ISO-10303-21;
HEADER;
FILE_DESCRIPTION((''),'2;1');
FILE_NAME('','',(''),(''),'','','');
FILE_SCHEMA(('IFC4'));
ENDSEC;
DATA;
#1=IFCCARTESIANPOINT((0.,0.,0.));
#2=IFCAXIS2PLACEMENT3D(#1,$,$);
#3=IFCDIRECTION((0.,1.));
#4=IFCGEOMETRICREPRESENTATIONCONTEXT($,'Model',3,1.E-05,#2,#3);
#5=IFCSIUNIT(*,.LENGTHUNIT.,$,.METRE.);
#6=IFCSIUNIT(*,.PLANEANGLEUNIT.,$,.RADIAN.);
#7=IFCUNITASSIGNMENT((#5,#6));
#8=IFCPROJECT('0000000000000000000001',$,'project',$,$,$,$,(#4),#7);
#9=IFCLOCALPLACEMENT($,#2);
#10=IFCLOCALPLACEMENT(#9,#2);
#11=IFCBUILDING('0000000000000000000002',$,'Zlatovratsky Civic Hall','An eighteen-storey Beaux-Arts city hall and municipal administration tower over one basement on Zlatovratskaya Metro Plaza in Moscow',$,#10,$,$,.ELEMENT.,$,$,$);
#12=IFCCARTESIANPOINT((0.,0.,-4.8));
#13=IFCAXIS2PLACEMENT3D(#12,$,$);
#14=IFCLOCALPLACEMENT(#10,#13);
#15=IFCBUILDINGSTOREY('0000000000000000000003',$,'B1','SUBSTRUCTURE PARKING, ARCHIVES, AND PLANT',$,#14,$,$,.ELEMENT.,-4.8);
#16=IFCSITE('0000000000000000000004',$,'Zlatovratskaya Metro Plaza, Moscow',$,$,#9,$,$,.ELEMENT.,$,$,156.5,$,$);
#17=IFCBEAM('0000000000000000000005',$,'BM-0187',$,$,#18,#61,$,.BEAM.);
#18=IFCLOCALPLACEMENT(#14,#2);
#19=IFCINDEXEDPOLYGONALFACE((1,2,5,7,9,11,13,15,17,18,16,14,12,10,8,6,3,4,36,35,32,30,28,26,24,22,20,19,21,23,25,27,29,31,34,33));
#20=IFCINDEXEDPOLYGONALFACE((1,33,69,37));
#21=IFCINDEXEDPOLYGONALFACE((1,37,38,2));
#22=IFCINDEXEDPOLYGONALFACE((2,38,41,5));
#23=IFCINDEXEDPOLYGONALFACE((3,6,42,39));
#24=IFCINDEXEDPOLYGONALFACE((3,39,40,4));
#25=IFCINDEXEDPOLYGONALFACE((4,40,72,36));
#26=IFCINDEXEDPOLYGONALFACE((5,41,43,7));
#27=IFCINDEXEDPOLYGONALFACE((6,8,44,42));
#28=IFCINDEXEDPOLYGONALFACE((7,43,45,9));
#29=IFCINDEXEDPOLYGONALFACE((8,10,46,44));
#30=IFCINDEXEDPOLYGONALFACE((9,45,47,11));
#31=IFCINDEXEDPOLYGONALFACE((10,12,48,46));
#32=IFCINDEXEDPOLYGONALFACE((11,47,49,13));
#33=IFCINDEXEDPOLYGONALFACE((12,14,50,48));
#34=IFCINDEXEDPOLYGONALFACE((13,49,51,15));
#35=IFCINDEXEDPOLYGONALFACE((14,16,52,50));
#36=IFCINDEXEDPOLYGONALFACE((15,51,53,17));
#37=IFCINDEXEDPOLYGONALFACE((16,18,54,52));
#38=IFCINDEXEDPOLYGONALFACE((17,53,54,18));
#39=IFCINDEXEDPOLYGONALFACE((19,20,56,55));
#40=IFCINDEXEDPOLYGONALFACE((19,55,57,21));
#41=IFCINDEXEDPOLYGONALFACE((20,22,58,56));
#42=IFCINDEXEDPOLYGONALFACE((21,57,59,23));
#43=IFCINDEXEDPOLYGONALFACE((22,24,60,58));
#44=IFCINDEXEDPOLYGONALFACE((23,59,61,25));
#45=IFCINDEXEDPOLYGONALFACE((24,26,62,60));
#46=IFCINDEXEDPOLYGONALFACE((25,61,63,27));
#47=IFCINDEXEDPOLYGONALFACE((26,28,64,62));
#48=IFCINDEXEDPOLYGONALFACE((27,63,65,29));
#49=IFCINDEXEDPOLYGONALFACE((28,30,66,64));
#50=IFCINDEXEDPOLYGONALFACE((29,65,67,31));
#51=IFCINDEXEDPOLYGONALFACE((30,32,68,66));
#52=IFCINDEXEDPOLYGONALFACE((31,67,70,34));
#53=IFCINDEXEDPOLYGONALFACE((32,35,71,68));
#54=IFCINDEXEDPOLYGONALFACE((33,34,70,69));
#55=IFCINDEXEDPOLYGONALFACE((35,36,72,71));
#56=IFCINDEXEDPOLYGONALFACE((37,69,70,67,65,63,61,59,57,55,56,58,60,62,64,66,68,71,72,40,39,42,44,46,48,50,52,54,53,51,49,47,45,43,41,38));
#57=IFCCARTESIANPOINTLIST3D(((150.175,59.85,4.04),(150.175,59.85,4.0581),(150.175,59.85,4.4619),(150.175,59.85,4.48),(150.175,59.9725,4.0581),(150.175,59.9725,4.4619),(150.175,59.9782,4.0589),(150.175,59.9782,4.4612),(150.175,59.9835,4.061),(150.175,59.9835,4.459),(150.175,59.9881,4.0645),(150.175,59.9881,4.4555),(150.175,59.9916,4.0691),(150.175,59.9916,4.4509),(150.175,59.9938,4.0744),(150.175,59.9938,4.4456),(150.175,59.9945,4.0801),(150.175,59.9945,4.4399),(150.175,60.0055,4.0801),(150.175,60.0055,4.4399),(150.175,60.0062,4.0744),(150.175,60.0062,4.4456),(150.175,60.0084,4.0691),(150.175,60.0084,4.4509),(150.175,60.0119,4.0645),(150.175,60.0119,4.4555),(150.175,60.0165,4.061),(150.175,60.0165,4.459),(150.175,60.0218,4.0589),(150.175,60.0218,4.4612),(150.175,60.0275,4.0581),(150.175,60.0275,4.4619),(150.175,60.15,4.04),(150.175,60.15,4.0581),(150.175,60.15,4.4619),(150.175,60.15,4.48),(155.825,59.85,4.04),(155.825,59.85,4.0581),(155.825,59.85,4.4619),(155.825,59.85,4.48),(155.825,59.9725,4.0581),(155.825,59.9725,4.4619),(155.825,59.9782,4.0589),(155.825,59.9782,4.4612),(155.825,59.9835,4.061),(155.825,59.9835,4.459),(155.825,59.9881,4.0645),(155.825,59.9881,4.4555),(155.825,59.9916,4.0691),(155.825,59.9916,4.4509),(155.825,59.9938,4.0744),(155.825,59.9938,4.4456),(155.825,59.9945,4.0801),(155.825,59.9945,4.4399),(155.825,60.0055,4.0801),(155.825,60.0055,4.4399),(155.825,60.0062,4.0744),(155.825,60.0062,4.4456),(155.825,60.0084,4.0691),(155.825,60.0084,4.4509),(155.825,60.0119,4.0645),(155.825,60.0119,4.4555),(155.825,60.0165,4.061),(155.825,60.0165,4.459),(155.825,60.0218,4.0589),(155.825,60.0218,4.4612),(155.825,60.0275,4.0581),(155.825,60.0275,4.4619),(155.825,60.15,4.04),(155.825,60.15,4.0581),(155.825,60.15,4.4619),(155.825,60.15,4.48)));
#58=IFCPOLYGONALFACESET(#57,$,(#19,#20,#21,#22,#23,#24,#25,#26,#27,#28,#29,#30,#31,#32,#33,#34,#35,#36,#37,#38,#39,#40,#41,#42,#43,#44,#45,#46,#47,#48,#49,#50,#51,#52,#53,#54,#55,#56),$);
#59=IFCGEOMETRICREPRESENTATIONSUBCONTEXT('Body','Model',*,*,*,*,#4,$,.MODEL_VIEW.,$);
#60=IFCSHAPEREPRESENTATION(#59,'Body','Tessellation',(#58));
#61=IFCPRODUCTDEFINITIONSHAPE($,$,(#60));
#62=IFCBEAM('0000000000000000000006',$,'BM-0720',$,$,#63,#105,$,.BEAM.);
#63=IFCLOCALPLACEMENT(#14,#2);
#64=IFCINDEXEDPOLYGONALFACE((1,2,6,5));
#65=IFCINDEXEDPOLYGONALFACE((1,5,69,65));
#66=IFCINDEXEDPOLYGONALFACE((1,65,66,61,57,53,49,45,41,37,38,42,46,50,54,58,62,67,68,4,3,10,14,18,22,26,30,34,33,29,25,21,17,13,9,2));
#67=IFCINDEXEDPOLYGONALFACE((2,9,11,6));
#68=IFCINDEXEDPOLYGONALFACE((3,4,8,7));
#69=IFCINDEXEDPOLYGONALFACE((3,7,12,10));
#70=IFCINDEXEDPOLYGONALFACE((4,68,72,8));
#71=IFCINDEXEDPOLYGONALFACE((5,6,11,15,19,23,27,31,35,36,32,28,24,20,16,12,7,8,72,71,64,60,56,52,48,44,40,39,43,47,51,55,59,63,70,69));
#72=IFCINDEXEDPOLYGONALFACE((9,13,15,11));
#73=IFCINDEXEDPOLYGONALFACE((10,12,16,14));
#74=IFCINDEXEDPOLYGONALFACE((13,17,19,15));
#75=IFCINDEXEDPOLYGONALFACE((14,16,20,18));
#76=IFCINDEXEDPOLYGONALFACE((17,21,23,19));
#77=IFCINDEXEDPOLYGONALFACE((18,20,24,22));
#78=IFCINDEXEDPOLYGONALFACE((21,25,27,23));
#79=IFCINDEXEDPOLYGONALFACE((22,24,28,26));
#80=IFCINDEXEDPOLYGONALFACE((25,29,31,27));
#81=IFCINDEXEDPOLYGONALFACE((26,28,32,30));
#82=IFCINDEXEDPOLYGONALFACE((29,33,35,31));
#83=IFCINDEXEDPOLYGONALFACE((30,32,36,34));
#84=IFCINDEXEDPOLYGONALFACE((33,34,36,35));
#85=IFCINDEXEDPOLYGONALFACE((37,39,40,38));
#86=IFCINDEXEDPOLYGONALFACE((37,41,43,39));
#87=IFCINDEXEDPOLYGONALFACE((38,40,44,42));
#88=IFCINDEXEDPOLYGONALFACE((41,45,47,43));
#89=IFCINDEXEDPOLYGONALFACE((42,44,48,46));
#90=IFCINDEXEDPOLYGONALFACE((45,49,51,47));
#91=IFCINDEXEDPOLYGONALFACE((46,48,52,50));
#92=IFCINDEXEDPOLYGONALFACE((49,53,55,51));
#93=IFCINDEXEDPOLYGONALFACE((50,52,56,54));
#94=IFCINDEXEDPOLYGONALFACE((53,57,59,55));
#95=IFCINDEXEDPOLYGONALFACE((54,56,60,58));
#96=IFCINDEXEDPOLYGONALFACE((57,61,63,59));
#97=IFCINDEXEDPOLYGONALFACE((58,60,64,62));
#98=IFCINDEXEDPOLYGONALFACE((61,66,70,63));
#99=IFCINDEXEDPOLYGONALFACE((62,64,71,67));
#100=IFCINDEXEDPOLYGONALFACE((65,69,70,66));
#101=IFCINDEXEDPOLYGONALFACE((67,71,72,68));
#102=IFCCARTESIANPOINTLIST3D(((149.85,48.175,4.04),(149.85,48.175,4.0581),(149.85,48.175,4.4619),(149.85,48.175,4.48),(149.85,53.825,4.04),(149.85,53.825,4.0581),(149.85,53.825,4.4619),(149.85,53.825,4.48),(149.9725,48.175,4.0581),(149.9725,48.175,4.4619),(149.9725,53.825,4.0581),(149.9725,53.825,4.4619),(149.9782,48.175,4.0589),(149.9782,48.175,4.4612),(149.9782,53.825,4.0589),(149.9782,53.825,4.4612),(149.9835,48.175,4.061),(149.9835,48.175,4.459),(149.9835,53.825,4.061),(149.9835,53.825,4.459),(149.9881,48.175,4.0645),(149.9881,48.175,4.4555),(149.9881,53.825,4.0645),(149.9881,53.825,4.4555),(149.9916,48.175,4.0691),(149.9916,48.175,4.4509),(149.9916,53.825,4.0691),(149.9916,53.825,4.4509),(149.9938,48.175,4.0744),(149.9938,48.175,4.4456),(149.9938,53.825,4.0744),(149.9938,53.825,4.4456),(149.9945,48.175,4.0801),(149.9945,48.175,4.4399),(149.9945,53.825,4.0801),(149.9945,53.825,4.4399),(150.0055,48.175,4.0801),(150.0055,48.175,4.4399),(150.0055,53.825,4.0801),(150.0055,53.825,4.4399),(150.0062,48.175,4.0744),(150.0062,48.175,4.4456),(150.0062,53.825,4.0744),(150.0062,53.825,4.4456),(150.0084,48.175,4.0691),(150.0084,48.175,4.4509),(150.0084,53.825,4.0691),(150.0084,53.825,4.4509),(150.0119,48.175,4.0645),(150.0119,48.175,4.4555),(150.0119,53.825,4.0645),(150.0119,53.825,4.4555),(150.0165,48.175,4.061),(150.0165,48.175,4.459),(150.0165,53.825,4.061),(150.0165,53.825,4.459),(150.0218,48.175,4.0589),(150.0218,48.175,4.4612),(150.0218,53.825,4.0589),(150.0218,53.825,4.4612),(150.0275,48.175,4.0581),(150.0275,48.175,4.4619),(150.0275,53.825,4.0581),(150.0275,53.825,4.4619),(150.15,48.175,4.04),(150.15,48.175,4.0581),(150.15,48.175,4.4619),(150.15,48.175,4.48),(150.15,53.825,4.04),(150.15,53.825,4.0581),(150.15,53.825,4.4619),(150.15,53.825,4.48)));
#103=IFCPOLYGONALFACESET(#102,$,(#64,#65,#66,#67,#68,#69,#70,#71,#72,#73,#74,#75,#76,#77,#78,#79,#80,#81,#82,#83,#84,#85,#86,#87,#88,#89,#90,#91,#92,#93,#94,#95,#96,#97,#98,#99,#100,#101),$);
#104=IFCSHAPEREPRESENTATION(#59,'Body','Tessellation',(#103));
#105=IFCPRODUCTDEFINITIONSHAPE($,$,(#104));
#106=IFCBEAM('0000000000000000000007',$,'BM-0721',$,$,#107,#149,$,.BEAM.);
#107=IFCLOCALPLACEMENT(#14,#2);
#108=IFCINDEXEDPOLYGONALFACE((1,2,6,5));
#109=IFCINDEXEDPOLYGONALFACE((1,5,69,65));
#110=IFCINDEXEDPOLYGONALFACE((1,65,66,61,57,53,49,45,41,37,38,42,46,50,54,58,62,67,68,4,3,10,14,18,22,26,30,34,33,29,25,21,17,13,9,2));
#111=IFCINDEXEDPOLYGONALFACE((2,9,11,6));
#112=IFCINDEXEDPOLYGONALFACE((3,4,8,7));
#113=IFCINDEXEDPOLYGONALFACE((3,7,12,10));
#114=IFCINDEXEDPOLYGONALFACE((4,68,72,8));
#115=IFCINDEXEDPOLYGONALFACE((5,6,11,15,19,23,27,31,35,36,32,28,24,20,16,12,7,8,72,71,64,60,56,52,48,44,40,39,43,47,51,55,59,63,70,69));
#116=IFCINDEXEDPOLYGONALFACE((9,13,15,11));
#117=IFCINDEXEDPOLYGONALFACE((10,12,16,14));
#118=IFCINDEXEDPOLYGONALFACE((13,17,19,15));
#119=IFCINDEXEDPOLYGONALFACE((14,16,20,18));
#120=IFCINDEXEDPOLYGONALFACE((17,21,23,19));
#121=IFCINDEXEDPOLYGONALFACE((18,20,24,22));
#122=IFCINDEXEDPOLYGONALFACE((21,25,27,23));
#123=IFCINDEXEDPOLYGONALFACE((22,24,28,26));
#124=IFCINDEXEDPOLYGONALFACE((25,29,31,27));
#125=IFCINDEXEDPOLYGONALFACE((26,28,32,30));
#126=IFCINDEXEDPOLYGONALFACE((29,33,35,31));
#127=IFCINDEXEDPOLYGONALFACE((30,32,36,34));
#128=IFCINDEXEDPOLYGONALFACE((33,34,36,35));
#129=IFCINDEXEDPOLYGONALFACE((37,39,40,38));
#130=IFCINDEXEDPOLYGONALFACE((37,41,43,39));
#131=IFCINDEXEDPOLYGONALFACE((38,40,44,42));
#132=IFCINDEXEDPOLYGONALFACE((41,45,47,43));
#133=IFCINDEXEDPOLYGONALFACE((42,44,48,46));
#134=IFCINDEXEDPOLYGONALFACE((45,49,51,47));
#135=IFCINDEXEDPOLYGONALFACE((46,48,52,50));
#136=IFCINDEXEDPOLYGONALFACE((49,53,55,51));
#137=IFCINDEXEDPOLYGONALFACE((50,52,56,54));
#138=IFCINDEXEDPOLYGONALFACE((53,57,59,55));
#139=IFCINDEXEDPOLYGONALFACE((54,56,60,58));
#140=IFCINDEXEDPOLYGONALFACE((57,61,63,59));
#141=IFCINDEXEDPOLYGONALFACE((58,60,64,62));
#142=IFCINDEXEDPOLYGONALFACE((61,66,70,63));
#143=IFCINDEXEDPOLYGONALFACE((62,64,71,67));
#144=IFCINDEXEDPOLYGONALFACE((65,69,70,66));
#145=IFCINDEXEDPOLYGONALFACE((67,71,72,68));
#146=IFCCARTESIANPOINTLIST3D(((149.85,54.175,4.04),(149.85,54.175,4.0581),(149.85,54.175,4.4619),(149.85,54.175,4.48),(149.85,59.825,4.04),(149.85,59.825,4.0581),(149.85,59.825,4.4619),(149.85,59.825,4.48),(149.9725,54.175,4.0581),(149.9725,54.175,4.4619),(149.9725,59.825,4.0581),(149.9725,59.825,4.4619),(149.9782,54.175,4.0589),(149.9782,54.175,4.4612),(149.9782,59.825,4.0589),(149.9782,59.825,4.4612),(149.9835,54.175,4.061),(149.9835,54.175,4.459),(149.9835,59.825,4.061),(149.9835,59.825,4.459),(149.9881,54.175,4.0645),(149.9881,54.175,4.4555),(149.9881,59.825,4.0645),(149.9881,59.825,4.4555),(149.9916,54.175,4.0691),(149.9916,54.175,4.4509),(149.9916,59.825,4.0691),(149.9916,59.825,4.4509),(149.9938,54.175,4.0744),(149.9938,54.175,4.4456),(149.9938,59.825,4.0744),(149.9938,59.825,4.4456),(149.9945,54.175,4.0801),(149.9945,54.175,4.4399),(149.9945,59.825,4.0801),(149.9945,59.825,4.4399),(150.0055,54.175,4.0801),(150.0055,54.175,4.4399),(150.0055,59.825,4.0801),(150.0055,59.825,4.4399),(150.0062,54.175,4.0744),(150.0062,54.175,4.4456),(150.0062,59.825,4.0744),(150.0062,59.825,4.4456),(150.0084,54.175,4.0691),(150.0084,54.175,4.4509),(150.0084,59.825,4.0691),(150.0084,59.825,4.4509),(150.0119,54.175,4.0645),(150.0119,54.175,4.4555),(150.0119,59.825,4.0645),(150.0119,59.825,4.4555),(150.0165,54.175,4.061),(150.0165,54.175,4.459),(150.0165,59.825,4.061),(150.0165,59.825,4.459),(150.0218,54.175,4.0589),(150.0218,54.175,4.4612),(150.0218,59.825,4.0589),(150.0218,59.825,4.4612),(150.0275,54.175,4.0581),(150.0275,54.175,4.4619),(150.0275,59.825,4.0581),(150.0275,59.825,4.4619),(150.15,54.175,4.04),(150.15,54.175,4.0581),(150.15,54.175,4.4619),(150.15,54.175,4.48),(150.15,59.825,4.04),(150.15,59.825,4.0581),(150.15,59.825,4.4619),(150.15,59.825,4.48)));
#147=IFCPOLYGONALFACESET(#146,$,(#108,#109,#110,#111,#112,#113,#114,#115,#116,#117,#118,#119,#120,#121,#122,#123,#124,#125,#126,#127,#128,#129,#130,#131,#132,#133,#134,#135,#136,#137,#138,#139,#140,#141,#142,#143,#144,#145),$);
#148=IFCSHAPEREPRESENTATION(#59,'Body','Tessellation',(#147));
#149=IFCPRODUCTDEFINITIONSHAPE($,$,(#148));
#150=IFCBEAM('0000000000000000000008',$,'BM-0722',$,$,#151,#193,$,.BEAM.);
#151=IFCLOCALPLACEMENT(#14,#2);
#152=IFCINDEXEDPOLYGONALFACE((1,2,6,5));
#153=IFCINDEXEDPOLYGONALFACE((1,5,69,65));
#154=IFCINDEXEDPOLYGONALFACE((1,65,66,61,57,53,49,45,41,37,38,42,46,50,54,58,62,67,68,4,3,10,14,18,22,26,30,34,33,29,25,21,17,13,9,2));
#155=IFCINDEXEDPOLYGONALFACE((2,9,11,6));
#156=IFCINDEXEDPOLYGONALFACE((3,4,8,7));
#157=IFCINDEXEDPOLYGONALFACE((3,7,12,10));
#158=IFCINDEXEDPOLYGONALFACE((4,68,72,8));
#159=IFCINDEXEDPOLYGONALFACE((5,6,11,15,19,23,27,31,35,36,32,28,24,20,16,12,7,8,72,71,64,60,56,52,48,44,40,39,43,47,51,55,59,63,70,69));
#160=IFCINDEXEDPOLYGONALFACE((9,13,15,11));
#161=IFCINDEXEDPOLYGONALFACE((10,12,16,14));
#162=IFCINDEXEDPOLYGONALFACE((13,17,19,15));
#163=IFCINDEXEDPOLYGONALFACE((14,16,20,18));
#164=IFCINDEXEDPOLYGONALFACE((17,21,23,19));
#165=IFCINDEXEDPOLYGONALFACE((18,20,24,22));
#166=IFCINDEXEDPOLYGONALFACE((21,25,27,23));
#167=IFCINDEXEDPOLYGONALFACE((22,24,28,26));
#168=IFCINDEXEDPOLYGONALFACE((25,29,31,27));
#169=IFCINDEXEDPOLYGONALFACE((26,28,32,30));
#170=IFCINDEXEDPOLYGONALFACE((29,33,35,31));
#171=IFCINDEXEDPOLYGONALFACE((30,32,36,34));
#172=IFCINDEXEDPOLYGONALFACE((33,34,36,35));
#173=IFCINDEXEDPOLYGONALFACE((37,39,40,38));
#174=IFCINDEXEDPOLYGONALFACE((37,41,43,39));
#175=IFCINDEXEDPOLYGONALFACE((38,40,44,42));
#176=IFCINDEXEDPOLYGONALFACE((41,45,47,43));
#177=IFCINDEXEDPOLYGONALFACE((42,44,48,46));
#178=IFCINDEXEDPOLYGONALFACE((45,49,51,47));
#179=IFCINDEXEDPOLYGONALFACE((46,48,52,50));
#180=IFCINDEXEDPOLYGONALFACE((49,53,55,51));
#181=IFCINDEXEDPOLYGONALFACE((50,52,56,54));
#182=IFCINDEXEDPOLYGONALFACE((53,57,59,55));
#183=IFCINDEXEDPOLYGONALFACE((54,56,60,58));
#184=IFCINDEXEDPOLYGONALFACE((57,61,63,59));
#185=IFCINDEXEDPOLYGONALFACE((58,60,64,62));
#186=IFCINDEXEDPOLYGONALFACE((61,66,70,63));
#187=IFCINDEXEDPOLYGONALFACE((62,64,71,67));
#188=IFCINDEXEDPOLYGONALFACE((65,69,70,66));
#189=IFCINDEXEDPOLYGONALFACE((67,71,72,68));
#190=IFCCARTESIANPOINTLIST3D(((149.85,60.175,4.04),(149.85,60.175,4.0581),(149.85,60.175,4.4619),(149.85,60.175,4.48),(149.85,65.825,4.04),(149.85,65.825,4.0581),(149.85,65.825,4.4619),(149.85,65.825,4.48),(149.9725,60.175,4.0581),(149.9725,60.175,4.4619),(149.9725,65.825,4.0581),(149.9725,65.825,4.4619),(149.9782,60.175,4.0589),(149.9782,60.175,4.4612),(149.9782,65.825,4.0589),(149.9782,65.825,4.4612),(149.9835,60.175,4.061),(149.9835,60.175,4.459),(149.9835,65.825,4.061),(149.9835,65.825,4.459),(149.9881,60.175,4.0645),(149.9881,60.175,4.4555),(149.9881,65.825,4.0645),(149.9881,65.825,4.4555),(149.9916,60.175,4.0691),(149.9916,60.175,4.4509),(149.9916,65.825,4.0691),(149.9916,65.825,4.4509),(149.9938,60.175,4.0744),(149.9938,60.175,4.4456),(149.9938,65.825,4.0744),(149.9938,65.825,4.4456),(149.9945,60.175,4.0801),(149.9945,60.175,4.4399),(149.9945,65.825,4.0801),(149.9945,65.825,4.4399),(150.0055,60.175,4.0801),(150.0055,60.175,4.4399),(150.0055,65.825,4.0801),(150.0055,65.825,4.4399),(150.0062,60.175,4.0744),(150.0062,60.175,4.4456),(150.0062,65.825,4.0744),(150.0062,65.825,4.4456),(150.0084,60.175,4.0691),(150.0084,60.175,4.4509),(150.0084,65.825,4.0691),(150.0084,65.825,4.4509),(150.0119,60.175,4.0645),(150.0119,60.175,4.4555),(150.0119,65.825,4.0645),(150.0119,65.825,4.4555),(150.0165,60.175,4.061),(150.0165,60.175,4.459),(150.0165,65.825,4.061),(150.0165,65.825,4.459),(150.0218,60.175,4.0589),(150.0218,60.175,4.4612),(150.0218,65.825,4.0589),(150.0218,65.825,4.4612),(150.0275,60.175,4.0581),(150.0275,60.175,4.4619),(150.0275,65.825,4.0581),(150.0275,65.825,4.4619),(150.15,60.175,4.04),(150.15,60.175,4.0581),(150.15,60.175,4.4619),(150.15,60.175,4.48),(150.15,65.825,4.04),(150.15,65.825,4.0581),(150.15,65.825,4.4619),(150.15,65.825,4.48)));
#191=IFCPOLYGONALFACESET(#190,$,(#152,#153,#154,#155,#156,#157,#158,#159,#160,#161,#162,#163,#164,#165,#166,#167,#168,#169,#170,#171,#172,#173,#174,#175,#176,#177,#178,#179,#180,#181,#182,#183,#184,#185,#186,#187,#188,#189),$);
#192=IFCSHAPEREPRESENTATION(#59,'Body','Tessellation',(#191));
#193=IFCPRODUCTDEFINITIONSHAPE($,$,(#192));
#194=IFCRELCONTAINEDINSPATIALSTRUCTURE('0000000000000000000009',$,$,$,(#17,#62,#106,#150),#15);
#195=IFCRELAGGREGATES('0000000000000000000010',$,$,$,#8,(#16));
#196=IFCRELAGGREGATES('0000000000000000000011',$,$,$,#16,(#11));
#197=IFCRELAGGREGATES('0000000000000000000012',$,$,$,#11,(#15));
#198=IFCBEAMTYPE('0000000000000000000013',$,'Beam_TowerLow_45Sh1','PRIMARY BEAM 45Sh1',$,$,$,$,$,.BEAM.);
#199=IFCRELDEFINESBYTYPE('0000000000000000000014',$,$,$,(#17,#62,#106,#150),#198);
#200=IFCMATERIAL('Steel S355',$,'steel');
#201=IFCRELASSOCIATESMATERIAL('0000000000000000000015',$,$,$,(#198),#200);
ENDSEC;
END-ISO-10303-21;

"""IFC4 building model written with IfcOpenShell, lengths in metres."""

from ifc_helpers import new_model, si_unit, direction, frame, origin, origin_2d, place, context, subcontext, project, spatial, i_section, extrude, material, material_profile, profile_set, type_object, element, save


model = new_model("IFC4")

# Units and contexts
model_context = context("Model", 3, precision=1e-05, world=origin(), true_north=direction((0.0, 1.0)))
body_context = subcontext(model_context, "Body", "Model", "MODEL_VIEW")
ifc_project = project(units=[si_unit("LENGTHUNIT", "METRE"), si_unit("PLANEANGLEUNIT", "RADIAN")], contexts=[model_context])

# Site, building, storey
site_placement = place(None, origin())
site = spatial("IfcSite", under=ifc_project, at=site_placement, Name="Zlatovratskaya Metro Plaza, Moscow", CompositionType="ELEMENT", RefElevation=156.5)
building_placement = place(site_placement, origin())
building = spatial("IfcBuilding", under=site, at=building_placement, Name="Zlatovratsky Civic Hall", Description="An eighteen-storey Beaux-Arts city hall and municipal administration tower over one basement on Zlatovratskaya Metro Plaza in Moscow", CompositionType="ELEMENT")
storey_placement = place(building_placement, frame((0.0, 0.0, -4.8)))
storey = spatial("IfcBuildingStorey", under=building, at=storey_placement, Name="B1", Description="SUBSTRUCTURE PARKING, ARCHIVES, AND PLANT", CompositionType="ELEMENT", Elevation=-4.8)

# Shared definitions
ifc_material_1 = material(Name="Steel S355", Category="steel")

# Beams
ifc_material_profile_1 = material_profile(ifc_material_1, i_section(OverallWidth=0.3, OverallDepth=0.4399, WebThickness=0.011, FlangeThickness=0.0181, FilletRadius=0.022, at=origin_2d()), Name="45Sh1")
ifc_profile_set_1 = profile_set([ifc_material_profile_1], Name="Steel S355")
beam_type = type_object("IfcBeamType", Name="Beam_TowerLow_45Sh1", Description="PRIMARY BEAM 45Sh1", PredefinedType="BEAM", material=ifc_profile_set_1)
for number, where, z_axis, x_axis, name in (
    (1, (150.175, 60.0, 4.26), (1.0, 0.0, 0.0), (0.0, 1.0, 0.0), "BM-0187"),
    (2, (150.0, 48.175, 4.26), (0.0, 1.0, 0.0), (-1.0, 0.0, 0.0), "BM-0720"),
    (3, (150.0, 54.175, 4.26), (0.0, 1.0, 0.0), (-1.0, 0.0, 0.0), "BM-0721"),
    (4, (150.0, 60.175, 4.26), (0.0, 1.0, 0.0), (-1.0, 0.0, 0.0), "BM-0722"),
):
    element("IfcBeam", number, at=place(storey_placement, frame(where, z_axis=z_axis, x_axis=x_axis)), inside=storey, type_object=beam_type, Name=name, PredefinedType="BEAM", context=body_context, shape_type="SweptSolid", body=[
        extrude(i_section(OverallWidth=0.3, OverallDepth=0.4399, WebThickness=0.011, FlangeThickness=0.0181, FilletRadius=0.022, at=origin_2d()), origin(), (0.0, 0.0, 1.0), 5.6499),
    ])

save(model, "model.ifc")
